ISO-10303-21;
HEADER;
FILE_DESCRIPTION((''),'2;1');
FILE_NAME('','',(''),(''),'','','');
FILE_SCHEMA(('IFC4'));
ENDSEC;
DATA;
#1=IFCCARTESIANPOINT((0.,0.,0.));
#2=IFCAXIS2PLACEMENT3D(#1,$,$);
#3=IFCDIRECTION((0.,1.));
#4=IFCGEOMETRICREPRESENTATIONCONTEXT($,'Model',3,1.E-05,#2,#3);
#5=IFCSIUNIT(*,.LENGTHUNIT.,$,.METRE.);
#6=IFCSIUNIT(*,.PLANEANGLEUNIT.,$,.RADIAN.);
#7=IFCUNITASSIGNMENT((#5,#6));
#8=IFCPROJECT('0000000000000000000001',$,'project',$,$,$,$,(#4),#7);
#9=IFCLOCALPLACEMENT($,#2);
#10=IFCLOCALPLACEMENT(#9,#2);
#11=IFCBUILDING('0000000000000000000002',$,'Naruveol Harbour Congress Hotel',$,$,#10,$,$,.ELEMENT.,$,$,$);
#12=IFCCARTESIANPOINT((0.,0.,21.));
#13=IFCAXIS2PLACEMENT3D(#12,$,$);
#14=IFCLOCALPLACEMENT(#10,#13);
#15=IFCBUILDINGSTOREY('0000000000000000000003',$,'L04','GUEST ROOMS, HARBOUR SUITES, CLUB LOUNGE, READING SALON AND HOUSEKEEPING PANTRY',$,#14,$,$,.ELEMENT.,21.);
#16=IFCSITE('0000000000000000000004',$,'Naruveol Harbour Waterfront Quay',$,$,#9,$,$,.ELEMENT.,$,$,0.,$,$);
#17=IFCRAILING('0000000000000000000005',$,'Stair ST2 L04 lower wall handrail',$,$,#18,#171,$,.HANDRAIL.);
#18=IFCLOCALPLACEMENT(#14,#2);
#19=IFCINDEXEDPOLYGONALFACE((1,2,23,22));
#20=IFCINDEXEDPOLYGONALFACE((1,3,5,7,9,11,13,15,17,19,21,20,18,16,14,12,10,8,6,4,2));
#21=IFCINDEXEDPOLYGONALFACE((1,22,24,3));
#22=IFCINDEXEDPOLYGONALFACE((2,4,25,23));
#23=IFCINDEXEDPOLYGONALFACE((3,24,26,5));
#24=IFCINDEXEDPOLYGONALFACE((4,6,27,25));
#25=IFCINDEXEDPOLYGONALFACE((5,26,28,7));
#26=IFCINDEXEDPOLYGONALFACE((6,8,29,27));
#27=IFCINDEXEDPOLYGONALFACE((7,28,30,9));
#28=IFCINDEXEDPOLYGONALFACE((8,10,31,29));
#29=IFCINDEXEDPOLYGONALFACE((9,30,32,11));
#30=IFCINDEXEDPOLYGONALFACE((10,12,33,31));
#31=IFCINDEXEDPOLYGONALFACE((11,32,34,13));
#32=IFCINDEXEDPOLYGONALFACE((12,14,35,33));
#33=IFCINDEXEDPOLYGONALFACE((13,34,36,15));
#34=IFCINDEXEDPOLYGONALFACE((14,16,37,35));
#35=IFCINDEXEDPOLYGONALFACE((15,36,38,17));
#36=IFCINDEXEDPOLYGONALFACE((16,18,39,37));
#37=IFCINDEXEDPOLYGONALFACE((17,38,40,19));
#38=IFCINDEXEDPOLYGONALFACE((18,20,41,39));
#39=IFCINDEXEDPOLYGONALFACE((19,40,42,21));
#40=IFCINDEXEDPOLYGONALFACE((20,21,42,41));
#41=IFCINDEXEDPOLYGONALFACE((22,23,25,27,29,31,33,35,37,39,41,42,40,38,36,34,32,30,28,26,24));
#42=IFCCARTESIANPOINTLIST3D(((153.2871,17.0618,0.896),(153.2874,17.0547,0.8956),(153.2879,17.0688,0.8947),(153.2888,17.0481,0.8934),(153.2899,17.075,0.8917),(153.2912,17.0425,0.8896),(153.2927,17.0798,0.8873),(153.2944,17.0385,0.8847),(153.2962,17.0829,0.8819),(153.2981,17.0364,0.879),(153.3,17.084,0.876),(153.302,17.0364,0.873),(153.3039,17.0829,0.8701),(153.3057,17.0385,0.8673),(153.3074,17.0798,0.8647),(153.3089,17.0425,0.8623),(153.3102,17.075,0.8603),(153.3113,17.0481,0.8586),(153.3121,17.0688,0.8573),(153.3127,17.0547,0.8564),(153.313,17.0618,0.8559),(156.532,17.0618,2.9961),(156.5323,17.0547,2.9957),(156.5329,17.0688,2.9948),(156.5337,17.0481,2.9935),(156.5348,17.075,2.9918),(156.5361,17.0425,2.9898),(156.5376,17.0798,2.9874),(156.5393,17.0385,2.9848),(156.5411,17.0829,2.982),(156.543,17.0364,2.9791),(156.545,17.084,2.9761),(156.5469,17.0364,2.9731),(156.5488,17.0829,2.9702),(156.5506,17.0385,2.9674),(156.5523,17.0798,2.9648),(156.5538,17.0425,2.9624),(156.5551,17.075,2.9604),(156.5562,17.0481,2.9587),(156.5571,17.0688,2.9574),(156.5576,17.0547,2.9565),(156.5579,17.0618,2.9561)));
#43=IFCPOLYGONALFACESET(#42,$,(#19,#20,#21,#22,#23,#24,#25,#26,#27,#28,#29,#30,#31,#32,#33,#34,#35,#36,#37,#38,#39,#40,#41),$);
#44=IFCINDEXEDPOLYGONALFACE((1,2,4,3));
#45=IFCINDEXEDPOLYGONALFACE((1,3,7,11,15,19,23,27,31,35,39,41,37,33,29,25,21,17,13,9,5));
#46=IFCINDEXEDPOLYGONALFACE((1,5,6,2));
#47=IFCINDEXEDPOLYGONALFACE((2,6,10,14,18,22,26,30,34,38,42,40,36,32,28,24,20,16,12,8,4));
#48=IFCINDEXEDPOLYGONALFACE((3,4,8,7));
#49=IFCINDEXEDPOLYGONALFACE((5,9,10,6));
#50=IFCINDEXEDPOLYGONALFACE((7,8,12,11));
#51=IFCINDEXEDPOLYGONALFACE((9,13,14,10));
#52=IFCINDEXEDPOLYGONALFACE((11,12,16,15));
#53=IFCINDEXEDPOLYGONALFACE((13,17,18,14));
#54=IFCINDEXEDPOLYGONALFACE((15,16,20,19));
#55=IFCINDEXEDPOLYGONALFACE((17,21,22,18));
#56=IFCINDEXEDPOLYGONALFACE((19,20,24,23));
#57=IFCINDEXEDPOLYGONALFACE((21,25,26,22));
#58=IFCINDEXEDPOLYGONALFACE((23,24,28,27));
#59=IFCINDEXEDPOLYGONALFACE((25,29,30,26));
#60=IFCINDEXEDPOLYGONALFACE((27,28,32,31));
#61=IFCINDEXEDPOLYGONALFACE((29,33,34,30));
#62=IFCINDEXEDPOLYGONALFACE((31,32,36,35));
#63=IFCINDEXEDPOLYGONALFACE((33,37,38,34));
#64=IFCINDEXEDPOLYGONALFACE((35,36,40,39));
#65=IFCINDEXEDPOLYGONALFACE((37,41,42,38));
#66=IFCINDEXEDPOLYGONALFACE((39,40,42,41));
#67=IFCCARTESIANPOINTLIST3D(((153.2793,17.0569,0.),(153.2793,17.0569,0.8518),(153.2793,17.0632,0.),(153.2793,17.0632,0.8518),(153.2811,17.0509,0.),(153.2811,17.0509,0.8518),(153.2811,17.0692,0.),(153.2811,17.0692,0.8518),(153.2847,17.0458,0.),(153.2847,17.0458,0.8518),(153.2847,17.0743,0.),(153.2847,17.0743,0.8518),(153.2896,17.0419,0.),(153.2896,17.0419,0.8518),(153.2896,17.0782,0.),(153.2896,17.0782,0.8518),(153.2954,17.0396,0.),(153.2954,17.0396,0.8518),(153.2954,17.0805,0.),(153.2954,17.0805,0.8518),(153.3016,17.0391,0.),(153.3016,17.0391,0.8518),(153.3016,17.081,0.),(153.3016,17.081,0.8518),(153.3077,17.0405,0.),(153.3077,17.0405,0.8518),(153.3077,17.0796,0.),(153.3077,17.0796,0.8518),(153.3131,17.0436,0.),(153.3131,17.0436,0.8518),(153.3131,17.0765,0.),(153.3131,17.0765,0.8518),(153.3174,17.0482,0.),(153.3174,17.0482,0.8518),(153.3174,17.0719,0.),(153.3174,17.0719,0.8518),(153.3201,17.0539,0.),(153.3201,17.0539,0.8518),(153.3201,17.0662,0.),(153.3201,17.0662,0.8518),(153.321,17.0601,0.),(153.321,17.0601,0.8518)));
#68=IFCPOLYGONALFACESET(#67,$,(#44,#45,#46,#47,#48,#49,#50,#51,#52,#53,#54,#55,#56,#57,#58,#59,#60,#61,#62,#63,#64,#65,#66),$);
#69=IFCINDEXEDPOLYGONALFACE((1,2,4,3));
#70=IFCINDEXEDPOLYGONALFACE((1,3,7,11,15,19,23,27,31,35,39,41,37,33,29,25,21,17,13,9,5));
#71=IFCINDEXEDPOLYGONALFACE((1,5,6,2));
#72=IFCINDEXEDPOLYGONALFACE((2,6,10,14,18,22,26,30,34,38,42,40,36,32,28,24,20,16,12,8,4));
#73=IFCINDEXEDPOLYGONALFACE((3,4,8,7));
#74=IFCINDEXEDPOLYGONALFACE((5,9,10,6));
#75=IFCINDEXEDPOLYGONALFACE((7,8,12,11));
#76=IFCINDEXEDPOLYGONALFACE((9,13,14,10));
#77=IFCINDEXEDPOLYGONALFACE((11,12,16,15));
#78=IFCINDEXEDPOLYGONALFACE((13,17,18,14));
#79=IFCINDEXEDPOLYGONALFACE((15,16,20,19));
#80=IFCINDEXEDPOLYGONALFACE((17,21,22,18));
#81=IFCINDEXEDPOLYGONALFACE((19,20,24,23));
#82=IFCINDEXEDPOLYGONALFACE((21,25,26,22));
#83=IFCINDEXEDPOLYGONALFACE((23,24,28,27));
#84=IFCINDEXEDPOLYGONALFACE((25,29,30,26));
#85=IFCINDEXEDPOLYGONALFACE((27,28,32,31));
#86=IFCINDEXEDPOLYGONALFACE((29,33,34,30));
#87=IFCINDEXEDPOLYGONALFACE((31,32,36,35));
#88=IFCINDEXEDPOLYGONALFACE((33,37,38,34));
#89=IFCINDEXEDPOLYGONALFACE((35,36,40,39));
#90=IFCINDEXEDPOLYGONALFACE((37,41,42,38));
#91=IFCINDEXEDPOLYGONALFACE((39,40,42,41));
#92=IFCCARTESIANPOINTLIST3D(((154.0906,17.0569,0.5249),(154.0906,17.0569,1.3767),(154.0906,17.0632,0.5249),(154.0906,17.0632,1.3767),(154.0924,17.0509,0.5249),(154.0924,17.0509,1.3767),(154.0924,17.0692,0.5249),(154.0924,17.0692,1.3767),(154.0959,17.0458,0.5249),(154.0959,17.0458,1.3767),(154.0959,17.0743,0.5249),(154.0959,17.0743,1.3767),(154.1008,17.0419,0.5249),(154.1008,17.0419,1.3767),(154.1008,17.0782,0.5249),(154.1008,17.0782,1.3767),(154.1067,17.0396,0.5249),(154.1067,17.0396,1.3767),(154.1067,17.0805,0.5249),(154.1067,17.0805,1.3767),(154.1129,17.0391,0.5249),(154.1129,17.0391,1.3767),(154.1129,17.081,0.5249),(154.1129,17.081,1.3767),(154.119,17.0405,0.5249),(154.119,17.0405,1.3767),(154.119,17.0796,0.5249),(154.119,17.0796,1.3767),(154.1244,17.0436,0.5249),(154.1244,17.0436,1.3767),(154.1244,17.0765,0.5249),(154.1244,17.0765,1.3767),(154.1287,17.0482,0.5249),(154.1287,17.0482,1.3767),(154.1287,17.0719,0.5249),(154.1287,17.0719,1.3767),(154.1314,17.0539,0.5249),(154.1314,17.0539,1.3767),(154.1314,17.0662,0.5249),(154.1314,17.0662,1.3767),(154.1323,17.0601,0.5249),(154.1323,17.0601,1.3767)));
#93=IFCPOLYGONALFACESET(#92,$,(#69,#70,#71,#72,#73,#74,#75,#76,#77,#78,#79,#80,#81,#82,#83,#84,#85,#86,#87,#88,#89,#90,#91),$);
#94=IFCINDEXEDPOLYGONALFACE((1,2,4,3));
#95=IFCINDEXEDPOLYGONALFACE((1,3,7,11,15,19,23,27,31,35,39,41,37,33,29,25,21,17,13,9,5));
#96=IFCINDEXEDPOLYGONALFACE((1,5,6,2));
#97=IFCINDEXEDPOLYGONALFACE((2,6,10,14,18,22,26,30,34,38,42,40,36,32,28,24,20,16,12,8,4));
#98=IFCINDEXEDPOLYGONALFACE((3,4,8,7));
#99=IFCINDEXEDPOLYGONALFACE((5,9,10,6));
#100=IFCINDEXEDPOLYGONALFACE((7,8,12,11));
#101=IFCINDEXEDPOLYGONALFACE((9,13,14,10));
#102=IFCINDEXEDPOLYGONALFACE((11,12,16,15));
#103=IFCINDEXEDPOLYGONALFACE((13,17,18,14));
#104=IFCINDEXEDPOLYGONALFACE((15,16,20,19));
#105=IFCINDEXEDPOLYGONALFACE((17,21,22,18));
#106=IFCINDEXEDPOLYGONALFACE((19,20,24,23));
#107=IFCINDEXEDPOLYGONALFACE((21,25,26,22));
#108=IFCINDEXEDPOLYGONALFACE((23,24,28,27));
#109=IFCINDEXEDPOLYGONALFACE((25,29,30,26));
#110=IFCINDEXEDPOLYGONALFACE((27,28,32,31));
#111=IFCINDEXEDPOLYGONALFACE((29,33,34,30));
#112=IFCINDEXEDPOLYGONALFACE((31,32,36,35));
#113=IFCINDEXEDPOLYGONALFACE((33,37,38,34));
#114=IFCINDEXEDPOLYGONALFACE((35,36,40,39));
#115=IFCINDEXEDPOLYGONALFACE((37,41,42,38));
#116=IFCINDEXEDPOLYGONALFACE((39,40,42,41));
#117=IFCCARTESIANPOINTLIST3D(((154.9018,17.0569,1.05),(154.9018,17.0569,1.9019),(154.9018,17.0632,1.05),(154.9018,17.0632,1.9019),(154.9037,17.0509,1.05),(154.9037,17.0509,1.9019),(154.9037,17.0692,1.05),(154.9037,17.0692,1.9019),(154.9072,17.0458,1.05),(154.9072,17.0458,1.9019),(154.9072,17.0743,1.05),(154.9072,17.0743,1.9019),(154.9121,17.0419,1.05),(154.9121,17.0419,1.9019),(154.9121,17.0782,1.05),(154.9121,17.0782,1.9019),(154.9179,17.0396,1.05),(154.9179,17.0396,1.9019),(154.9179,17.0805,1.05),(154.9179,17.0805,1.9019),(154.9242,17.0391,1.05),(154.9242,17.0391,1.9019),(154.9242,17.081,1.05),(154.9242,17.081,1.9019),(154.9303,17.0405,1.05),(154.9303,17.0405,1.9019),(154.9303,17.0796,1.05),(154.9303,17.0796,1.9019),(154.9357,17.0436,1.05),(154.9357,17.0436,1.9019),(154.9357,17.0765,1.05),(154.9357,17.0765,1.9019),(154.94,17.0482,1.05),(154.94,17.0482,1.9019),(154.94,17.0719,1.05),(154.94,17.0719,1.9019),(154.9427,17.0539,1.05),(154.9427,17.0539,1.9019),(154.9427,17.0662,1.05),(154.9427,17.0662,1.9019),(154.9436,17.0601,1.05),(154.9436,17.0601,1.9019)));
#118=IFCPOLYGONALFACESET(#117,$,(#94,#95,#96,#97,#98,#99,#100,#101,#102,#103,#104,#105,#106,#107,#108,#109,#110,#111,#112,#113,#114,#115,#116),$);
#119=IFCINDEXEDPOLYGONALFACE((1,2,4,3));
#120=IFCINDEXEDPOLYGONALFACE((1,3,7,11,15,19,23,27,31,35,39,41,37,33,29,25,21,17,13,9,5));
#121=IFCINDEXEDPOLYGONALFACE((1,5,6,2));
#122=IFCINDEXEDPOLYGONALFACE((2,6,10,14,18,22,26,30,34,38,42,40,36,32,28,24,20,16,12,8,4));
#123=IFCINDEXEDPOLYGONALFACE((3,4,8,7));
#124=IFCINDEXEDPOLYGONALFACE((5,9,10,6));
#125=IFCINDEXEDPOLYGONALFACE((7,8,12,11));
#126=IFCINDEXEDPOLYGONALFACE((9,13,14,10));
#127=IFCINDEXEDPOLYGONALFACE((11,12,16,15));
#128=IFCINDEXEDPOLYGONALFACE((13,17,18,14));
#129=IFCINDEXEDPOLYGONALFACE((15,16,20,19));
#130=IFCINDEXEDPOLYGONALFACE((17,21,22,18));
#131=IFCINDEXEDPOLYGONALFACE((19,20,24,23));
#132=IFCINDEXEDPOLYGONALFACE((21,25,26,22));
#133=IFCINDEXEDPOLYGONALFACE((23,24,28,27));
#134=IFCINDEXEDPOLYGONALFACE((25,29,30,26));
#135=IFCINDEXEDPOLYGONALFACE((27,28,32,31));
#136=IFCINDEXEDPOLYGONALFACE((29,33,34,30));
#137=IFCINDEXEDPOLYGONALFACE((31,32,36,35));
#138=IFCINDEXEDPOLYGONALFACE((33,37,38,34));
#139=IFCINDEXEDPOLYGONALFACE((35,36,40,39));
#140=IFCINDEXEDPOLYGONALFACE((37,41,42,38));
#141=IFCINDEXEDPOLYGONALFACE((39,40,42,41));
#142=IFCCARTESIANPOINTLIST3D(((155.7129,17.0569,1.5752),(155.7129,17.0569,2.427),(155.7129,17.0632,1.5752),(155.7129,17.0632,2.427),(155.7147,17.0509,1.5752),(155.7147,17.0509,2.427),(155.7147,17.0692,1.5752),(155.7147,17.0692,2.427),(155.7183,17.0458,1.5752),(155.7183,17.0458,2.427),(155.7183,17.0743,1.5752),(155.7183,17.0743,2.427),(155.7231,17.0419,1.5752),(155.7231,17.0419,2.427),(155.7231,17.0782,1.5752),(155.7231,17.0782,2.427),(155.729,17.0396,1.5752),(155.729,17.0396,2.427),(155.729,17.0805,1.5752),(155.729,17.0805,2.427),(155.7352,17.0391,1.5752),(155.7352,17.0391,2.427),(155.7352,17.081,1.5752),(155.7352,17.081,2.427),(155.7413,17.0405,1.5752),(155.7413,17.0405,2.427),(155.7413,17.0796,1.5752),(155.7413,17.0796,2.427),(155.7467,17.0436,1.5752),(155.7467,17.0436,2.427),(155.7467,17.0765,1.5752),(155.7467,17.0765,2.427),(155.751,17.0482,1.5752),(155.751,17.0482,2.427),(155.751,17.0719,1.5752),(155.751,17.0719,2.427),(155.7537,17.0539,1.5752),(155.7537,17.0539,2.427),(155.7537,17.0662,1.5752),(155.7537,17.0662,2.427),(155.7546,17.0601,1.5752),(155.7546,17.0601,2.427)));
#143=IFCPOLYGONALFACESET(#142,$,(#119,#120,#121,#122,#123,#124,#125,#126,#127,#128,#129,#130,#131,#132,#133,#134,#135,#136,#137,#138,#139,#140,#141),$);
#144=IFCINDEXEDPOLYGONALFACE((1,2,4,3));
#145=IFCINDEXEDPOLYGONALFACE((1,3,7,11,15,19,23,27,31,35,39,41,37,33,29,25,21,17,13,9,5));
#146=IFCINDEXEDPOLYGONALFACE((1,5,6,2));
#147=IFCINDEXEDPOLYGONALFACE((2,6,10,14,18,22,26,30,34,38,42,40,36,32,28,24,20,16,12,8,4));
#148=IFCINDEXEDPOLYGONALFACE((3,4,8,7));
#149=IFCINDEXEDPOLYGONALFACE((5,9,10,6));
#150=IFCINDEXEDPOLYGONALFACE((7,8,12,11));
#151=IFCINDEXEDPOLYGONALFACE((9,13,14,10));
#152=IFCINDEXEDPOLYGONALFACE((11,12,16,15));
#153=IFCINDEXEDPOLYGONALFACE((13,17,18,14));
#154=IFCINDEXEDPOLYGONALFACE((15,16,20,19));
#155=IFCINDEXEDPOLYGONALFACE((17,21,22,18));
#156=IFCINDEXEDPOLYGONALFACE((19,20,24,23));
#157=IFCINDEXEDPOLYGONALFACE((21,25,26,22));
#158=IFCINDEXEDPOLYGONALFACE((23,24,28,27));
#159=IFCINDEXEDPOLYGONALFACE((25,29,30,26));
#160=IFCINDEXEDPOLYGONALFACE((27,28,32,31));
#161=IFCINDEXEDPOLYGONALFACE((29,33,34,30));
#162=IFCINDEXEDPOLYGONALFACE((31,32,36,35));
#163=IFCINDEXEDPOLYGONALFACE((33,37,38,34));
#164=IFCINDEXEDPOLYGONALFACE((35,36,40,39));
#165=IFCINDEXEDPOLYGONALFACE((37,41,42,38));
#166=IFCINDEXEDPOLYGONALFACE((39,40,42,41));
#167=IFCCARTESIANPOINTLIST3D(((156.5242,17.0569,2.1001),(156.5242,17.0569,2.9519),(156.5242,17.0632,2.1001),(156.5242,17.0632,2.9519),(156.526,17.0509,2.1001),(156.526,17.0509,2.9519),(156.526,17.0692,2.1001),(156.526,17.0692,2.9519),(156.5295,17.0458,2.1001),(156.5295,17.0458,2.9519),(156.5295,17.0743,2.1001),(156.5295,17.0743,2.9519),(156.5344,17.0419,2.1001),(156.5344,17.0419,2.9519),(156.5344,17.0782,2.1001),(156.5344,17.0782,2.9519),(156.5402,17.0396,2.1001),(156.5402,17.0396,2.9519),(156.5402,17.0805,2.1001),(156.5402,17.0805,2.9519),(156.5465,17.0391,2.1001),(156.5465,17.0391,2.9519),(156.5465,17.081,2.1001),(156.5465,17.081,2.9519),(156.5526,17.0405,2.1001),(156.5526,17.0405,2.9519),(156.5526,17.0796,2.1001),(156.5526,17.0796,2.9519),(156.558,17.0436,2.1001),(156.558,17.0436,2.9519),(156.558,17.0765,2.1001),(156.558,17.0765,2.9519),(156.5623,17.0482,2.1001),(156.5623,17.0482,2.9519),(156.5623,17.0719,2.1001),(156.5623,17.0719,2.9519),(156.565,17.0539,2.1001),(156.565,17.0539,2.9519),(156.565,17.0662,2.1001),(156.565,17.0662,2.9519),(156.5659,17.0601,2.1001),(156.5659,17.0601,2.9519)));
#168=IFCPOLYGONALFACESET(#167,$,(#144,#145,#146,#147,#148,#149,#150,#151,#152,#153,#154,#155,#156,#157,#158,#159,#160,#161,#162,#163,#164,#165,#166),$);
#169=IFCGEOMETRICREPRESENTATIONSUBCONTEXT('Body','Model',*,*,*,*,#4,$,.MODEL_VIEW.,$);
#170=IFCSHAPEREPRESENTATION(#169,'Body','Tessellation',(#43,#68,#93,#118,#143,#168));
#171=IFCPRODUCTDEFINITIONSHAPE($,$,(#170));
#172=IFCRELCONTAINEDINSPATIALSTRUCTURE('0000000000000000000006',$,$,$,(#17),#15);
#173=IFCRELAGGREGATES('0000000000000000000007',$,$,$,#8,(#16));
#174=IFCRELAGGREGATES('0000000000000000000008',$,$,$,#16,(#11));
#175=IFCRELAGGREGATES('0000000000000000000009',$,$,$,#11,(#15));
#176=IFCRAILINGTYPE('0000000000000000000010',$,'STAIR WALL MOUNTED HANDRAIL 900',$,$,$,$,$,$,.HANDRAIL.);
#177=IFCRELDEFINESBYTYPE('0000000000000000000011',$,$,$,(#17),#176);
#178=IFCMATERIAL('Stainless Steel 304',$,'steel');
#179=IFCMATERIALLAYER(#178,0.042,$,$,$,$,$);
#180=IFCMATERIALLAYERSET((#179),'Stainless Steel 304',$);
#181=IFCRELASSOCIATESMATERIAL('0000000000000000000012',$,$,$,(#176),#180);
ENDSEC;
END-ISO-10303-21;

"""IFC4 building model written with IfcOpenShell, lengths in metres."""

from ifc_helpers import new_model, si_unit, direction, frame, origin, origin_2d, place, context, subcontext, project, spatial, circle, extrude, material, layer, layer_set, type_object, element, save


model = new_model("IFC4")

# Units and contexts
model_context = context("Model", 3, precision=1e-05, world=origin(), true_north=direction((0.0, 1.0)))
body_context = subcontext(model_context, "Body", "Model", "MODEL_VIEW")
ifc_project = project(units=[si_unit("LENGTHUNIT", "METRE"), si_unit("PLANEANGLEUNIT", "RADIAN")], contexts=[model_context])

# Site, building, storey
site_placement = place(None, origin())
site = spatial("IfcSite", under=ifc_project, at=site_placement, Name="Naruveol Harbour Waterfront Quay", CompositionType="ELEMENT", RefElevation=0.0)
building_placement = place(site_placement, origin())
building = spatial("IfcBuilding", under=site, at=building_placement, Name="Naruveol Harbour Congress Hotel", CompositionType="ELEMENT")
storey_placement = place(building_placement, frame((0.0, 0.0, 21.0)))
storey = spatial("IfcBuildingStorey", under=building, at=storey_placement, Name="L04", Description="GUEST ROOMS, HARBOUR SUITES, CLUB LOUNGE, READING SALON AND HOUSEKEEPING PANTRY", CompositionType="ELEMENT", Elevation=21.0)

# Railing
ifc_material_1 = material(Name="Stainless Steel 304", Category="steel")
ifc_layer_1 = layer(ifc_material_1, 0.042)
ifc_layer_set_1 = layer_set([ifc_layer_1], Name="Stainless Steel 304")
railing_type_1 = type_object("IfcRailingType", Name="STAIR WALL MOUNTED HANDRAIL 900", PredefinedType="HANDRAIL", material=ifc_layer_set_1)
railing_1_placement = place(storey_placement, frame((153.3, 17.0601, 0.0)))
element("IfcRailing", 1, at=railing_1_placement, inside=storey, type_object=railing_type_1, Name="Stair ST2 L04 lower wall handrail", PredefinedType="HANDRAIL", context=body_context, shape_type="SweptSolid", body=[
    extrude(circle(Radius=0.0239, at=origin_2d()), frame((0.0, 0.0, 0.876), z_axis=(0.839514, 0.0, 0.543338), x_axis=(0.0, 1.0, 0.0)), (0.0, 0.0, 1.0), 3.8652),
    extrude(circle(Radius=0.021, at=origin_2d()), origin(), (0.0, 0.0, 1.0), 0.8518),
    extrude(circle(Radius=0.021, at=origin_2d()), frame((0.8113, 0.0, 0.5249)), (0.0, 0.0, 1.0), 0.8518),
    extrude(circle(Radius=0.021, at=origin_2d()), frame((1.6226, 0.0, 1.05)), (0.0, 0.0, 1.0), 0.8518),
    extrude(circle(Radius=0.021, at=origin_2d()), frame((2.4336, 0.0, 1.5752)), (0.0, 0.0, 1.0), 0.8518),
    extrude(circle(Radius=0.021, at=origin_2d()), frame((3.2449, 0.0, 2.1001)), (0.0, 0.0, 1.0), 0.8518),
])

save(model, "model.ifc")
